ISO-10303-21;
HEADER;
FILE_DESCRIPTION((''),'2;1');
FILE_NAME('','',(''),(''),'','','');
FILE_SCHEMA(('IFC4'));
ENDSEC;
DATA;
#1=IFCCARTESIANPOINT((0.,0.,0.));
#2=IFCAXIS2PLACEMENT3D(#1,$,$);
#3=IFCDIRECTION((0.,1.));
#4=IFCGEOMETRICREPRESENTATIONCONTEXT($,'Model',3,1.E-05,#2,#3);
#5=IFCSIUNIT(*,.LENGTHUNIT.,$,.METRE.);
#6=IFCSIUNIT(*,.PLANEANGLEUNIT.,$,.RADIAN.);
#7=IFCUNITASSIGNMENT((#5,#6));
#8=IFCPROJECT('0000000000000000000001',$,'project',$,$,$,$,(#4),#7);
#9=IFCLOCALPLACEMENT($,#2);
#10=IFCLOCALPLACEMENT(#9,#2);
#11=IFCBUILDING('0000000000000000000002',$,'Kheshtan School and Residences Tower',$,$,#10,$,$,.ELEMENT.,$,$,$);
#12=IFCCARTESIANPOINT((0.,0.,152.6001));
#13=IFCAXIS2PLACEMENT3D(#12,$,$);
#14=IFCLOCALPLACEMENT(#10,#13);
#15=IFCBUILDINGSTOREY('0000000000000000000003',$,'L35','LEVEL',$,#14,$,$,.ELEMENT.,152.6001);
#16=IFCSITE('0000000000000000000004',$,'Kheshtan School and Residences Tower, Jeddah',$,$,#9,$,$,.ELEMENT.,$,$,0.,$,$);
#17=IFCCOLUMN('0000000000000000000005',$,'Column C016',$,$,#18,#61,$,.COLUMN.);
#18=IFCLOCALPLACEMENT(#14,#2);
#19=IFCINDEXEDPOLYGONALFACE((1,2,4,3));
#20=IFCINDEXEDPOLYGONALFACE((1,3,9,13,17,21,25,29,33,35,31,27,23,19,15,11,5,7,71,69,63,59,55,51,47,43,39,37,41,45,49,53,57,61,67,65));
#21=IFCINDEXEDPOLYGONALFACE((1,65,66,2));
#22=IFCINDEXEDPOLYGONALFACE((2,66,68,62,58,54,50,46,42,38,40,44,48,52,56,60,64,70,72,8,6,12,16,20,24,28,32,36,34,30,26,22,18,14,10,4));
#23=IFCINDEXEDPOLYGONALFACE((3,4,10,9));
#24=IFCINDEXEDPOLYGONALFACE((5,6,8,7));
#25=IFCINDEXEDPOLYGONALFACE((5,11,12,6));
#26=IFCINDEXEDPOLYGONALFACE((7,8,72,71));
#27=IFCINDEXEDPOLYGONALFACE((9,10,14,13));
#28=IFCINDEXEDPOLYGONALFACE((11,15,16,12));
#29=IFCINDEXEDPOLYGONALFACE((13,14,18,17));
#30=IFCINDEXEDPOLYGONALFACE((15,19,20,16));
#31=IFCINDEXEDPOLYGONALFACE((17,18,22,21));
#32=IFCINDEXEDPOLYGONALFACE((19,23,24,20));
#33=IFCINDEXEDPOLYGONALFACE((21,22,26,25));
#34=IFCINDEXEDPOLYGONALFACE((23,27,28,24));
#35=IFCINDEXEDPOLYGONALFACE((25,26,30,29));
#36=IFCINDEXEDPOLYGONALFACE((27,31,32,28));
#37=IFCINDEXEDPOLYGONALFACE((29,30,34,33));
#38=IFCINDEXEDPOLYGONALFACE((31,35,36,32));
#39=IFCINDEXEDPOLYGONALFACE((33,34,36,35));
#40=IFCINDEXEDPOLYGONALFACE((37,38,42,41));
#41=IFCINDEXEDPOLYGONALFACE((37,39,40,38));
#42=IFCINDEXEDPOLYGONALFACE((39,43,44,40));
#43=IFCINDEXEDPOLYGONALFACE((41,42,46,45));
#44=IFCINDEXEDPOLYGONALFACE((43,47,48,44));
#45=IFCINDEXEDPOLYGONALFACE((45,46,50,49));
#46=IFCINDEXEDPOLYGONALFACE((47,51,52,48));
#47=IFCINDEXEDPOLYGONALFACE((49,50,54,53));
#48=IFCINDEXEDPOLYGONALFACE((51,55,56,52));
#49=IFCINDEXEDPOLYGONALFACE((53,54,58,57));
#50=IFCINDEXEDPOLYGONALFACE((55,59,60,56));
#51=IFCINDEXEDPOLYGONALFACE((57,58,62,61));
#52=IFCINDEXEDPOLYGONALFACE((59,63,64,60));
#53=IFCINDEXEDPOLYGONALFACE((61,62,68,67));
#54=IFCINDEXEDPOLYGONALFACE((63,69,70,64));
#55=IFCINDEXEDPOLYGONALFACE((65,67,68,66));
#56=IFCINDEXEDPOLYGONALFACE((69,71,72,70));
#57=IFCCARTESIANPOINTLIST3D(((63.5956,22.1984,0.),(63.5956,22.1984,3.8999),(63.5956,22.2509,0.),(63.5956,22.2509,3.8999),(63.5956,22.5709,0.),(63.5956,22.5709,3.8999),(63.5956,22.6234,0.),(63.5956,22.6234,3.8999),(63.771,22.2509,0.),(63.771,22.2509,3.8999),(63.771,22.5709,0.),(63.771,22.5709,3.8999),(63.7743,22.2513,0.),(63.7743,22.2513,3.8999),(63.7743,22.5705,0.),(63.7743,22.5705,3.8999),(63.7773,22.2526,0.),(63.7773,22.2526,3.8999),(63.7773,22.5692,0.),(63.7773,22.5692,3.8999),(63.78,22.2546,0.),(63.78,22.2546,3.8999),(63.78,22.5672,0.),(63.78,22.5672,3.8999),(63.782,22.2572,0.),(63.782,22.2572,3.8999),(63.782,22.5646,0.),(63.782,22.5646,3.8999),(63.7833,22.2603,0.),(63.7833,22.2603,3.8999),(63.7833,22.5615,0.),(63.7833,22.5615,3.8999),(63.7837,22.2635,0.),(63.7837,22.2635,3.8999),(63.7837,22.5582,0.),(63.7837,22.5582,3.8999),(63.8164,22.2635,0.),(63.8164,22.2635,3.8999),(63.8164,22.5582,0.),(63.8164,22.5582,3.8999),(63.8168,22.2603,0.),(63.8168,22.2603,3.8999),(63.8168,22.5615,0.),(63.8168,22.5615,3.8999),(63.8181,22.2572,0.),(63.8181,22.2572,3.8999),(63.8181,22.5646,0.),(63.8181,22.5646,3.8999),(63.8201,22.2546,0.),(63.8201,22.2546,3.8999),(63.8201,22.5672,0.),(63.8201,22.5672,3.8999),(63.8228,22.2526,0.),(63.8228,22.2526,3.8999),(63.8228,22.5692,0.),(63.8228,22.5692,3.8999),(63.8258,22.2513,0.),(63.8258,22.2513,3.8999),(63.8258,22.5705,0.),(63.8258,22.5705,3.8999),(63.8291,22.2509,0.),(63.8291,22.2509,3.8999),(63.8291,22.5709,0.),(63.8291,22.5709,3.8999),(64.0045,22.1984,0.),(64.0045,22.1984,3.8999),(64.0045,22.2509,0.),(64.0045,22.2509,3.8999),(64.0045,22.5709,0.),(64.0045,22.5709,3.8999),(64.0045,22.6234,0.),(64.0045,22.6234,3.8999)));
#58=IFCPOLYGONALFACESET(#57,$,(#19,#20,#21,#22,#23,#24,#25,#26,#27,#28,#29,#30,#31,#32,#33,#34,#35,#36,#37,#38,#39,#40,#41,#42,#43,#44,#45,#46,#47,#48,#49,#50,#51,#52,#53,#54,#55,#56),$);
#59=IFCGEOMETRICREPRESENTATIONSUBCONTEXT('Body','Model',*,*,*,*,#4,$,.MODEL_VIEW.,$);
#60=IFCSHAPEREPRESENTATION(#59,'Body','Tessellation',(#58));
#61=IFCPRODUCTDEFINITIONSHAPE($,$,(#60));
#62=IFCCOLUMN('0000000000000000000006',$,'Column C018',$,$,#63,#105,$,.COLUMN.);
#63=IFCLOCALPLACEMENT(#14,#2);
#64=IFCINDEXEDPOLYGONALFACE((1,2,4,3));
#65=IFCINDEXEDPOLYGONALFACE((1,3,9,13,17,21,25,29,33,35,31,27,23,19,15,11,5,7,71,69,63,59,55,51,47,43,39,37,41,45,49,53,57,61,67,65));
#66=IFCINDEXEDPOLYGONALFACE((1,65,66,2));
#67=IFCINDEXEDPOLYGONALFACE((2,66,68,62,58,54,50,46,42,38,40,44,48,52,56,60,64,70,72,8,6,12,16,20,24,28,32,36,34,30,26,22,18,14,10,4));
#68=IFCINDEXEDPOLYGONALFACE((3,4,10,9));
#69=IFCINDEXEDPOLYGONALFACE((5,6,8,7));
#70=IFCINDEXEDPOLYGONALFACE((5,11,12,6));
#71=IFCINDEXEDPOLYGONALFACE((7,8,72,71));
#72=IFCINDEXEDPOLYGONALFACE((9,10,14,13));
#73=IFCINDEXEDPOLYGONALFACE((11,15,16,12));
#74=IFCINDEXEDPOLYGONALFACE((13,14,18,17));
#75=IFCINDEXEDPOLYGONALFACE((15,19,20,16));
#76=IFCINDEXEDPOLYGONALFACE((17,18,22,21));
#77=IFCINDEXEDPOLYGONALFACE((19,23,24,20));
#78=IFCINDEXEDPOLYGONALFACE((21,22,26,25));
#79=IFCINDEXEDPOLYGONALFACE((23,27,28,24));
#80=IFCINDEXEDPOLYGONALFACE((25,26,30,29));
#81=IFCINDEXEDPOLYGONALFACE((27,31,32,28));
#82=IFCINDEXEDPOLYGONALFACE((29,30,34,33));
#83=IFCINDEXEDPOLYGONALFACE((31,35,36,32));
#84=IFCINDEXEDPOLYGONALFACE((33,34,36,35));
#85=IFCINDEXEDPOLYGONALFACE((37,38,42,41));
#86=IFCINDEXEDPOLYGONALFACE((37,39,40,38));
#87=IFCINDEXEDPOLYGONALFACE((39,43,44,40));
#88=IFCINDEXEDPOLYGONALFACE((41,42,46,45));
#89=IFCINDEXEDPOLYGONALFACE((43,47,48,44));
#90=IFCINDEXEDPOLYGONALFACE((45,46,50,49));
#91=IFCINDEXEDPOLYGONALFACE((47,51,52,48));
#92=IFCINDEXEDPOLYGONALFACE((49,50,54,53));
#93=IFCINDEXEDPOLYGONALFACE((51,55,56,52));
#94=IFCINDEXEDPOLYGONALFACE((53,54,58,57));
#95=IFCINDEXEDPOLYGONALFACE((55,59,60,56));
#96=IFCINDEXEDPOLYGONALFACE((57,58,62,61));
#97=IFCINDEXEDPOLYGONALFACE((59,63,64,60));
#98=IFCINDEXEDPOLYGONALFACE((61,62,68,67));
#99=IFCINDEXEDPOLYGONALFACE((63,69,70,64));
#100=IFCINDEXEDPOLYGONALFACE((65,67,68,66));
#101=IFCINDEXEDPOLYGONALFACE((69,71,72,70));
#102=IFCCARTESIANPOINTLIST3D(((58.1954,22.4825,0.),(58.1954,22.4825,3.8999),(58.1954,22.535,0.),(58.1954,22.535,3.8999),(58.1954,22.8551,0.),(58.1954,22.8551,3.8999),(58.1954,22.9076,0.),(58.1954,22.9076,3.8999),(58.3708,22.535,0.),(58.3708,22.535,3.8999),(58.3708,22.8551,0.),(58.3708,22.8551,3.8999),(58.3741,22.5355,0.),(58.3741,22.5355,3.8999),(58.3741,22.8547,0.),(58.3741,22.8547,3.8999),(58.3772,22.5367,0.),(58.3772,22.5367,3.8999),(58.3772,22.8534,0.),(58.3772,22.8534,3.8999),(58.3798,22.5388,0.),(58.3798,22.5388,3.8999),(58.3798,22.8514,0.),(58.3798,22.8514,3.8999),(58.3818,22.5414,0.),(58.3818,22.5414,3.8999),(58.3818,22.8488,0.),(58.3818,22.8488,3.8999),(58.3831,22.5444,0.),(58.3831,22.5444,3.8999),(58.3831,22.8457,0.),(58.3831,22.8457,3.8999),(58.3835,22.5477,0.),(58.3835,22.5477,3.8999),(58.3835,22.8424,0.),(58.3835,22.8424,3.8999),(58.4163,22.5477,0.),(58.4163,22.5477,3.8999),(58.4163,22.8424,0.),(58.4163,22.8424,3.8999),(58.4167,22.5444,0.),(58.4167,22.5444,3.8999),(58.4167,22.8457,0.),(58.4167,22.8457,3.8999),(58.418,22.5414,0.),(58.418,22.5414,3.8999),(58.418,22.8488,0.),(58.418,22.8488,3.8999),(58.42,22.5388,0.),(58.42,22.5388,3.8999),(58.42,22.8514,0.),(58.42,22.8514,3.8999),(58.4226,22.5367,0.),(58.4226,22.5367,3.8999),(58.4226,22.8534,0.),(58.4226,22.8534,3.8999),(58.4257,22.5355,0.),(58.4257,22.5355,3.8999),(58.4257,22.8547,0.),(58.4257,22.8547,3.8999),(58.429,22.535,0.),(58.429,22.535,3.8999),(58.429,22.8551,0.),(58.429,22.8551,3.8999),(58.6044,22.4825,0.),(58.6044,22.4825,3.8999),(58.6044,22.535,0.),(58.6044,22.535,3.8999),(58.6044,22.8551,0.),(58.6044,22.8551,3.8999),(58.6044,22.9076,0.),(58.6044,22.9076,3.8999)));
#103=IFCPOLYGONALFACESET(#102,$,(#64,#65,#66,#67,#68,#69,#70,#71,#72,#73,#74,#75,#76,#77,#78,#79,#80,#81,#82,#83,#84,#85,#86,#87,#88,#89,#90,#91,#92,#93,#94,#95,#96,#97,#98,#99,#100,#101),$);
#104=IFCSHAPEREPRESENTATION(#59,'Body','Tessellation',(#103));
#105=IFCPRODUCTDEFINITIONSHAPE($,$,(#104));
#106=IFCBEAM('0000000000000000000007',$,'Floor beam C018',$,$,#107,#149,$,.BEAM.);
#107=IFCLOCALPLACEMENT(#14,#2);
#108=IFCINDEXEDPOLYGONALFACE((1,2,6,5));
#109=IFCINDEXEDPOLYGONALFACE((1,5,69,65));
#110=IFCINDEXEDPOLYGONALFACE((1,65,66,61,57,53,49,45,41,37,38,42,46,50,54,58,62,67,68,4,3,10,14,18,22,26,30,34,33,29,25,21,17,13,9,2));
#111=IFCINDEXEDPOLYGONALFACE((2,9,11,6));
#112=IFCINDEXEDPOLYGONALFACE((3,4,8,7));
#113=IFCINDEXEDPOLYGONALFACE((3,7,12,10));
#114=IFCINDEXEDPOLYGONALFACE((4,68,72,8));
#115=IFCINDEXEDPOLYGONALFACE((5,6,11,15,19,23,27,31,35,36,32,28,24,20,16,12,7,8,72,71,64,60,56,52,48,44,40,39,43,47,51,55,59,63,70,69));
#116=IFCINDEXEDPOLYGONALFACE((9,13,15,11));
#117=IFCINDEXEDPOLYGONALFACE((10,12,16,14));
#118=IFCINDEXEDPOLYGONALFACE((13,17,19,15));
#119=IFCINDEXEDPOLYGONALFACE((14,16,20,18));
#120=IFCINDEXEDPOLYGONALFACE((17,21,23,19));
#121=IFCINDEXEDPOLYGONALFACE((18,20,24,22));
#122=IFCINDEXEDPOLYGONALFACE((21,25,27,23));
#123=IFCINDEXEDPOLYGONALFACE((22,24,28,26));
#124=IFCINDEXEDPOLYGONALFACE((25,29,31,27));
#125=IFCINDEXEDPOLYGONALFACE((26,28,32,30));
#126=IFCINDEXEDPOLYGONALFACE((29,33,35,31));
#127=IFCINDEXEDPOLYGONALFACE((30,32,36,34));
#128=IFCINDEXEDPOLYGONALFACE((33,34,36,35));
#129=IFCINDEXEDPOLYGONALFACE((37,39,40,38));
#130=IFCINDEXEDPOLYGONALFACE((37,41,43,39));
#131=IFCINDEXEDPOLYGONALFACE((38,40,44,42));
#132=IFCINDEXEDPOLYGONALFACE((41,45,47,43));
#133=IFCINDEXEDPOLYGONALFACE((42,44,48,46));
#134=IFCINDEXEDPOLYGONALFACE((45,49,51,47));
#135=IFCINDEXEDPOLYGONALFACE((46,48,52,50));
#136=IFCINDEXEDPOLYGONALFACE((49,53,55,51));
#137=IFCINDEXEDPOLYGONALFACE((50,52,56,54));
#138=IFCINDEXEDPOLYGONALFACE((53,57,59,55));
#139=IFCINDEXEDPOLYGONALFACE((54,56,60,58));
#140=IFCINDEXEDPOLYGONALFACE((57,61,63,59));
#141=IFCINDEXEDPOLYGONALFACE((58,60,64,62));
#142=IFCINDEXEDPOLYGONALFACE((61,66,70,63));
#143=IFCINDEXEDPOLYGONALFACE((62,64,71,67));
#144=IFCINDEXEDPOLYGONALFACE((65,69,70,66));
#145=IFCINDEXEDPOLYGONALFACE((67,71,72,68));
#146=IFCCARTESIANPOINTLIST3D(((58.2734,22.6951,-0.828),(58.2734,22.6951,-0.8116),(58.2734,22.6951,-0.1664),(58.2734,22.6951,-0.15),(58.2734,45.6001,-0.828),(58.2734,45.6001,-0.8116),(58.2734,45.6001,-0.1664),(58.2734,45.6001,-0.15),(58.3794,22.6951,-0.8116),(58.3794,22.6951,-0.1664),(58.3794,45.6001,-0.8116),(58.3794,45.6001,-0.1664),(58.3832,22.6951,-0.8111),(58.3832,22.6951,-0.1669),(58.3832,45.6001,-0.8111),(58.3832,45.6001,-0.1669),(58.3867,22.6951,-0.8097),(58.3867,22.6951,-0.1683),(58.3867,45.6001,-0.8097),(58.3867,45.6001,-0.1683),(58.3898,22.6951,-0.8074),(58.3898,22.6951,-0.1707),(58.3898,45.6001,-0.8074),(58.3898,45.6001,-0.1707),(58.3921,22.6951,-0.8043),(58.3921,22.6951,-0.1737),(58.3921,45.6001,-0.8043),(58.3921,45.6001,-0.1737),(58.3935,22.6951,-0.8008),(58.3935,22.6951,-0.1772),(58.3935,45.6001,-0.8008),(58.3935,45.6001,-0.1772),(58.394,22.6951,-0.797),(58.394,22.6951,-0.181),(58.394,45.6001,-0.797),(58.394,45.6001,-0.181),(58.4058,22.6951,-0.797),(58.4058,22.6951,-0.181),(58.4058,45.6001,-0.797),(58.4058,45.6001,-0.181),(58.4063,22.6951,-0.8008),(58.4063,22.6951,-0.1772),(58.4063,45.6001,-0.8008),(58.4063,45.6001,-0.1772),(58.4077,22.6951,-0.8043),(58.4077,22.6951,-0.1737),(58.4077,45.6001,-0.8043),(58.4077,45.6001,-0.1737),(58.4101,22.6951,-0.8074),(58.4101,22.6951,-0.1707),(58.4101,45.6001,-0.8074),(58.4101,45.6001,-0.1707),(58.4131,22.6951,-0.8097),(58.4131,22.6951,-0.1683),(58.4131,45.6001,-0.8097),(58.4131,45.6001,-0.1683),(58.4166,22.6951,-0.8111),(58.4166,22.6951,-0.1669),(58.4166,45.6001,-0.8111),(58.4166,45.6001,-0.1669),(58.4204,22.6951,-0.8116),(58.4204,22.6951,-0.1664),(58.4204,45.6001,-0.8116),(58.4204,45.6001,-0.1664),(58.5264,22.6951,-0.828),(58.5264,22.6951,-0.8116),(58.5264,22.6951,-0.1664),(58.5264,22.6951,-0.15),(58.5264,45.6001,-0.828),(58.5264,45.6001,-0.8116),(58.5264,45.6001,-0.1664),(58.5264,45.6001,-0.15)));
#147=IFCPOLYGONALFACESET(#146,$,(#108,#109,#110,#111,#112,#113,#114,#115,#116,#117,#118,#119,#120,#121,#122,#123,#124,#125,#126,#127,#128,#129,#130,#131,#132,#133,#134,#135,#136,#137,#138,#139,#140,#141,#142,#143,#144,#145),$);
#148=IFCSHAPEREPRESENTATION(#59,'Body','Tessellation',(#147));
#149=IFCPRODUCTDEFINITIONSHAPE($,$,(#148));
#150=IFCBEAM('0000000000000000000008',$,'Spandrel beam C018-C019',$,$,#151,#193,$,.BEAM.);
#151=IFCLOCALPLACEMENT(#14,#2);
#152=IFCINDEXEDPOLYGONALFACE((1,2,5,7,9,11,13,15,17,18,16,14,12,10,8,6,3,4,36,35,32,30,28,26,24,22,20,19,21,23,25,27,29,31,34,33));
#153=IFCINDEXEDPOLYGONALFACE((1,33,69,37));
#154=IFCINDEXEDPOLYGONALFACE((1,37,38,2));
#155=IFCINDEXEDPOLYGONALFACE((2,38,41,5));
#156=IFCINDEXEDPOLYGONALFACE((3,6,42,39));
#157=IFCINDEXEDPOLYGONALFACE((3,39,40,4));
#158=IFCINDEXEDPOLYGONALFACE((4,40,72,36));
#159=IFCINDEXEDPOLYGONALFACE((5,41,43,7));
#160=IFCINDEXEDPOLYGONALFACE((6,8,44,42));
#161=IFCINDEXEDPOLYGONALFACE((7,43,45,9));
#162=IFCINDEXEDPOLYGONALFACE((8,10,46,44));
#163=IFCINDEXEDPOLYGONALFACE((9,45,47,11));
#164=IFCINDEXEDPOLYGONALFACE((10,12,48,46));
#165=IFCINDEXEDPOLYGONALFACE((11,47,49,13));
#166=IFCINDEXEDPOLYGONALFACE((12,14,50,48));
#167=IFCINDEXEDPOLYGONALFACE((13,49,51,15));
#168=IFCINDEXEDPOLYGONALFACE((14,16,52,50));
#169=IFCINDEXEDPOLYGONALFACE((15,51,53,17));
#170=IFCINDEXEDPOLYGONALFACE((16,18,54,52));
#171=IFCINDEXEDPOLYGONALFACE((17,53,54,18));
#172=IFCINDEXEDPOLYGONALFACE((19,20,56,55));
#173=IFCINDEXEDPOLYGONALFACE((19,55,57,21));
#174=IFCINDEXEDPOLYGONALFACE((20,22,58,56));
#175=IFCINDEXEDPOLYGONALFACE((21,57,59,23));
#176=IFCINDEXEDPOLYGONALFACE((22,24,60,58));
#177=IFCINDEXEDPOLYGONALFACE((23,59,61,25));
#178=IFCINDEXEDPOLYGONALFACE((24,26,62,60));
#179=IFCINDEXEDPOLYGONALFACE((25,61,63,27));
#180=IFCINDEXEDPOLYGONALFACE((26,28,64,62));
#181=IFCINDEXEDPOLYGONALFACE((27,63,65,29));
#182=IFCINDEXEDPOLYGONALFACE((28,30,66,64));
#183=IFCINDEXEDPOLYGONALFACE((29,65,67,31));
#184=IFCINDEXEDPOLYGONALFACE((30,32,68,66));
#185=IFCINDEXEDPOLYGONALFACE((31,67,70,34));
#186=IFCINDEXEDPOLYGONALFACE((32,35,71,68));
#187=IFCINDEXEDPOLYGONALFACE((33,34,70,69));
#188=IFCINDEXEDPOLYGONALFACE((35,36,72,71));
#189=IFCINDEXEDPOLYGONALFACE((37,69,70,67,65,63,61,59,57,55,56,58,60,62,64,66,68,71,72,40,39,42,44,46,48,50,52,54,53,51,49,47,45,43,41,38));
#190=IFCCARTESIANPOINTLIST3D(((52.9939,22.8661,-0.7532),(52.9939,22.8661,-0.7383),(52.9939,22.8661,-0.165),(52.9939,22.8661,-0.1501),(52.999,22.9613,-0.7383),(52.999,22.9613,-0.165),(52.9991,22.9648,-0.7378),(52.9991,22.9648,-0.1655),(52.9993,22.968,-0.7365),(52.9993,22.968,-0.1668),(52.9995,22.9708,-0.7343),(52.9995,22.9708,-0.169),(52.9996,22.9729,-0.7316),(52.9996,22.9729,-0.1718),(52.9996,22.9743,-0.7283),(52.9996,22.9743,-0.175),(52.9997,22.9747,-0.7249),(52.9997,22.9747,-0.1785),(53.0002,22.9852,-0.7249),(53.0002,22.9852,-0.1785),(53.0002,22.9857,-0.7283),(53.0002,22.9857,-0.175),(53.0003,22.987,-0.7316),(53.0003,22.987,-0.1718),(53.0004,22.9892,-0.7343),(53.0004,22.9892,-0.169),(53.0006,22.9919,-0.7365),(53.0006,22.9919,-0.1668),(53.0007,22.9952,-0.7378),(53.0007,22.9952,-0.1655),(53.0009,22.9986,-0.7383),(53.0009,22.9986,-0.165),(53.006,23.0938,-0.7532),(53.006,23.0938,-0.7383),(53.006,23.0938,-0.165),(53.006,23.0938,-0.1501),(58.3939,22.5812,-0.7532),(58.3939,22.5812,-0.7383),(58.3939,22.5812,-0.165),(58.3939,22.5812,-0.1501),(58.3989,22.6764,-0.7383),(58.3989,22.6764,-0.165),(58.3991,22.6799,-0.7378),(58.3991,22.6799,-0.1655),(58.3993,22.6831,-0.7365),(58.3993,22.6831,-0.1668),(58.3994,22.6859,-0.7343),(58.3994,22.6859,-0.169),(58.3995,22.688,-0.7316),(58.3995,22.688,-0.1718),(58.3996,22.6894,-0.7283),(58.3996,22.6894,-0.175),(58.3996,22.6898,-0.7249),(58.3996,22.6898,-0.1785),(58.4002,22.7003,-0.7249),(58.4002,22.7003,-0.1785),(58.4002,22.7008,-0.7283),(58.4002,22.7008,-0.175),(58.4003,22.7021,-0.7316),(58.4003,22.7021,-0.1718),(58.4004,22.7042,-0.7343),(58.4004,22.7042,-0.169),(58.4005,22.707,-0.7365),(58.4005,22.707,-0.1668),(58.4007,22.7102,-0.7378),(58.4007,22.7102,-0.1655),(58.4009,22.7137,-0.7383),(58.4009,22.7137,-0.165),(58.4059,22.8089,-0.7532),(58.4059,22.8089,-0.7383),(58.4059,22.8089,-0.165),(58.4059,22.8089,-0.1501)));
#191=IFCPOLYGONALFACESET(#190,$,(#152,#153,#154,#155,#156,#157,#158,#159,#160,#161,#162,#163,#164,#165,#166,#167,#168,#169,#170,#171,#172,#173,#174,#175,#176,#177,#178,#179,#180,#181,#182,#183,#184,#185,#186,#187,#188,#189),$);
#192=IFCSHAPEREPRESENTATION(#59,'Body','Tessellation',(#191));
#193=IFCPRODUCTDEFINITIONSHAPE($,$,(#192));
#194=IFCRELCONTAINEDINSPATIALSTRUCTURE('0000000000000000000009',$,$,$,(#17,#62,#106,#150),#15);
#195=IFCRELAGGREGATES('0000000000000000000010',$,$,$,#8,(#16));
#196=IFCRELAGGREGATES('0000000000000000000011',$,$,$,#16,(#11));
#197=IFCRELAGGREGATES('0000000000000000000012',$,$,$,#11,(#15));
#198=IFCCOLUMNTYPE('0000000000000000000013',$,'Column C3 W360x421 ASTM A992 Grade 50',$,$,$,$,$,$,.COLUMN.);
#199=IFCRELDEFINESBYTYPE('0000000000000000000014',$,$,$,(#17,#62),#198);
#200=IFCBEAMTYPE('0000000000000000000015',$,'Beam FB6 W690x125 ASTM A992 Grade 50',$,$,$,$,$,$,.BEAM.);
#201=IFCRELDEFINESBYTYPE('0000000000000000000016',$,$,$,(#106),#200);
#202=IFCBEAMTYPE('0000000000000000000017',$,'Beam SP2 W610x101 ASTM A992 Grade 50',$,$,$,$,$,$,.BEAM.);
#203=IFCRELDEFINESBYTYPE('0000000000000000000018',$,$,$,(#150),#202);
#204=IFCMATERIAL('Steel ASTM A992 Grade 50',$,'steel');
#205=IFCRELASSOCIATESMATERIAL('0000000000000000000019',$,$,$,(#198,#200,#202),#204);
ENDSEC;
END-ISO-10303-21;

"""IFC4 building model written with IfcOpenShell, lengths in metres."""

from ifc_helpers import new_model, si_unit, direction, frame, origin, origin_2d, place, context, subcontext, project, spatial, i_section, extrude, material, material_profile, profile_set, type_object, element, save


model = new_model("IFC4")

# Units and contexts
model_context = context("Model", 3, precision=1e-05, world=origin(), true_north=direction((0.0, 1.0)))
body_context = subcontext(model_context, "Body", "Model", "MODEL_VIEW")
ifc_project = project(units=[si_unit("LENGTHUNIT", "METRE"), si_unit("PLANEANGLEUNIT", "RADIAN")], contexts=[model_context])

# Site, building, storey
site_placement = place(None, origin())
site = spatial("IfcSite", under=ifc_project, at=site_placement, Name="Kheshtan School and Residences Tower, Jeddah", CompositionType="ELEMENT", RefElevation=0.0)
building_placement = place(site_placement, origin())
building = spatial("IfcBuilding", under=site, at=building_placement, Name="Kheshtan School and Residences Tower", CompositionType="ELEMENT")
storey_placement = place(building_placement, frame((0.0, 0.0, 152.6001)))
storey = spatial("IfcBuildingStorey", under=building, at=storey_placement, Name="L35", Description="LEVEL", CompositionType="ELEMENT", Elevation=152.6001)

# Columns
ifc_material_1 = material(Name="Steel ASTM A992 Grade 50", Category="steel")
ifc_material_profile_1 = material_profile(ifc_material_1, i_section(OverallWidth=0.4089, OverallDepth=0.425, WebThickness=0.0327, FlangeThickness=0.0525, FilletRadius=0.0127, at=origin_2d()), Name="W360x421")
ifc_profile_set_1 = profile_set([ifc_material_profile_1], Name="Steel ASTM A992 Grade 50")
column_type = type_object("IfcColumnType", Name="Column C3 W360x421 ASTM A992 Grade 50", PredefinedType="COLUMN", material=ifc_profile_set_1)
for number, where, z_axis, x_axis, name in (
    (1, (63.8, 22.4109, 0.0), (0.0, 0.0, 1.0), (1.0, 0.0, 0.0), "Column C016"),
    (2, (58.3999, 22.6951, 0.0), (0.0, 0.0, 1.0), (1.0, 0.0, 0.0), "Column C018"),
):
    element("IfcColumn", number, at=place(storey_placement, frame(where, z_axis=z_axis, x_axis=x_axis)), inside=storey, type_object=column_type, Name=name, PredefinedType="COLUMN", context=body_context, shape_type="SweptSolid", body=[
        extrude(i_section(OverallWidth=0.4089, OverallDepth=0.425, WebThickness=0.0327, FlangeThickness=0.0525, FilletRadius=0.0127, at=origin_2d()), origin(), (0.0, 0.0, 1.0), 3.8999),
    ])

# Beams
ifc_material_profile_2 = material_profile(ifc_material_1, i_section(OverallWidth=0.2529, OverallDepth=0.678, WebThickness=0.0117, FlangeThickness=0.0164, FilletRadius=0.0146, at=origin_2d()), Name="W690x125")
ifc_profile_set_2 = profile_set([ifc_material_profile_2], Name="Steel ASTM A992 Grade 50")
beam_type_1 = type_object("IfcBeamType", Name="Beam FB6 W690x125 ASTM A992 Grade 50", PredefinedType="BEAM", material=ifc_profile_set_2)
beam_1_placement = place(storey_placement, frame((58.3999, 22.6951, -0.489), z_axis=(0.0, 1.0, 0.0), x_axis=(-1.0, 0.0, 0.0)))
element("IfcBeam", 3, at=beam_1_placement, inside=storey, type_object=beam_type_1, Name="Floor beam C018", PredefinedType="BEAM", context=body_context, shape_type="SweptSolid", body=[
    extrude(i_section(OverallWidth=0.2529, OverallDepth=0.678, WebThickness=0.0117, FlangeThickness=0.0164, FilletRadius=0.0146, at=origin_2d()), origin(), (0.0, 0.0, 1.0), 22.905),
])
ifc_material_profile_3 = material_profile(ifc_material_1, i_section(OverallWidth=0.228, OverallDepth=0.603, WebThickness=0.0105, FlangeThickness=0.0149, FilletRadius=0.0134, at=origin_2d()), Name="W610x101")
ifc_profile_set_3 = profile_set([ifc_material_profile_3], Name="Steel ASTM A992 Grade 50")
beam_type_2 = type_object("IfcBeamType", Name="Beam SP2 W610x101 ASTM A992 Grade 50", PredefinedType="BEAM", material=ifc_profile_set_3)
beam_2_placement = place(storey_placement, frame((58.3999, 22.6951, -0.4517), z_axis=(-0.998611, 0.052689, 0.0), x_axis=(-0.052689, -0.998611, 0.0)))
element("IfcBeam", 4, at=beam_2_placement, inside=storey, type_object=beam_type_2, Name="Spandrel beam C018-C019", PredefinedType="BEAM", context=body_context, shape_type="SweptSolid", body=[
    extrude(i_section(OverallWidth=0.228, OverallDepth=0.603, WebThickness=0.0105, FlangeThickness=0.0149, FilletRadius=0.0134, at=origin_2d()), origin(), (0.0, 0.0, 1.0), 5.4075),
])

save(model, "model.ifc")
